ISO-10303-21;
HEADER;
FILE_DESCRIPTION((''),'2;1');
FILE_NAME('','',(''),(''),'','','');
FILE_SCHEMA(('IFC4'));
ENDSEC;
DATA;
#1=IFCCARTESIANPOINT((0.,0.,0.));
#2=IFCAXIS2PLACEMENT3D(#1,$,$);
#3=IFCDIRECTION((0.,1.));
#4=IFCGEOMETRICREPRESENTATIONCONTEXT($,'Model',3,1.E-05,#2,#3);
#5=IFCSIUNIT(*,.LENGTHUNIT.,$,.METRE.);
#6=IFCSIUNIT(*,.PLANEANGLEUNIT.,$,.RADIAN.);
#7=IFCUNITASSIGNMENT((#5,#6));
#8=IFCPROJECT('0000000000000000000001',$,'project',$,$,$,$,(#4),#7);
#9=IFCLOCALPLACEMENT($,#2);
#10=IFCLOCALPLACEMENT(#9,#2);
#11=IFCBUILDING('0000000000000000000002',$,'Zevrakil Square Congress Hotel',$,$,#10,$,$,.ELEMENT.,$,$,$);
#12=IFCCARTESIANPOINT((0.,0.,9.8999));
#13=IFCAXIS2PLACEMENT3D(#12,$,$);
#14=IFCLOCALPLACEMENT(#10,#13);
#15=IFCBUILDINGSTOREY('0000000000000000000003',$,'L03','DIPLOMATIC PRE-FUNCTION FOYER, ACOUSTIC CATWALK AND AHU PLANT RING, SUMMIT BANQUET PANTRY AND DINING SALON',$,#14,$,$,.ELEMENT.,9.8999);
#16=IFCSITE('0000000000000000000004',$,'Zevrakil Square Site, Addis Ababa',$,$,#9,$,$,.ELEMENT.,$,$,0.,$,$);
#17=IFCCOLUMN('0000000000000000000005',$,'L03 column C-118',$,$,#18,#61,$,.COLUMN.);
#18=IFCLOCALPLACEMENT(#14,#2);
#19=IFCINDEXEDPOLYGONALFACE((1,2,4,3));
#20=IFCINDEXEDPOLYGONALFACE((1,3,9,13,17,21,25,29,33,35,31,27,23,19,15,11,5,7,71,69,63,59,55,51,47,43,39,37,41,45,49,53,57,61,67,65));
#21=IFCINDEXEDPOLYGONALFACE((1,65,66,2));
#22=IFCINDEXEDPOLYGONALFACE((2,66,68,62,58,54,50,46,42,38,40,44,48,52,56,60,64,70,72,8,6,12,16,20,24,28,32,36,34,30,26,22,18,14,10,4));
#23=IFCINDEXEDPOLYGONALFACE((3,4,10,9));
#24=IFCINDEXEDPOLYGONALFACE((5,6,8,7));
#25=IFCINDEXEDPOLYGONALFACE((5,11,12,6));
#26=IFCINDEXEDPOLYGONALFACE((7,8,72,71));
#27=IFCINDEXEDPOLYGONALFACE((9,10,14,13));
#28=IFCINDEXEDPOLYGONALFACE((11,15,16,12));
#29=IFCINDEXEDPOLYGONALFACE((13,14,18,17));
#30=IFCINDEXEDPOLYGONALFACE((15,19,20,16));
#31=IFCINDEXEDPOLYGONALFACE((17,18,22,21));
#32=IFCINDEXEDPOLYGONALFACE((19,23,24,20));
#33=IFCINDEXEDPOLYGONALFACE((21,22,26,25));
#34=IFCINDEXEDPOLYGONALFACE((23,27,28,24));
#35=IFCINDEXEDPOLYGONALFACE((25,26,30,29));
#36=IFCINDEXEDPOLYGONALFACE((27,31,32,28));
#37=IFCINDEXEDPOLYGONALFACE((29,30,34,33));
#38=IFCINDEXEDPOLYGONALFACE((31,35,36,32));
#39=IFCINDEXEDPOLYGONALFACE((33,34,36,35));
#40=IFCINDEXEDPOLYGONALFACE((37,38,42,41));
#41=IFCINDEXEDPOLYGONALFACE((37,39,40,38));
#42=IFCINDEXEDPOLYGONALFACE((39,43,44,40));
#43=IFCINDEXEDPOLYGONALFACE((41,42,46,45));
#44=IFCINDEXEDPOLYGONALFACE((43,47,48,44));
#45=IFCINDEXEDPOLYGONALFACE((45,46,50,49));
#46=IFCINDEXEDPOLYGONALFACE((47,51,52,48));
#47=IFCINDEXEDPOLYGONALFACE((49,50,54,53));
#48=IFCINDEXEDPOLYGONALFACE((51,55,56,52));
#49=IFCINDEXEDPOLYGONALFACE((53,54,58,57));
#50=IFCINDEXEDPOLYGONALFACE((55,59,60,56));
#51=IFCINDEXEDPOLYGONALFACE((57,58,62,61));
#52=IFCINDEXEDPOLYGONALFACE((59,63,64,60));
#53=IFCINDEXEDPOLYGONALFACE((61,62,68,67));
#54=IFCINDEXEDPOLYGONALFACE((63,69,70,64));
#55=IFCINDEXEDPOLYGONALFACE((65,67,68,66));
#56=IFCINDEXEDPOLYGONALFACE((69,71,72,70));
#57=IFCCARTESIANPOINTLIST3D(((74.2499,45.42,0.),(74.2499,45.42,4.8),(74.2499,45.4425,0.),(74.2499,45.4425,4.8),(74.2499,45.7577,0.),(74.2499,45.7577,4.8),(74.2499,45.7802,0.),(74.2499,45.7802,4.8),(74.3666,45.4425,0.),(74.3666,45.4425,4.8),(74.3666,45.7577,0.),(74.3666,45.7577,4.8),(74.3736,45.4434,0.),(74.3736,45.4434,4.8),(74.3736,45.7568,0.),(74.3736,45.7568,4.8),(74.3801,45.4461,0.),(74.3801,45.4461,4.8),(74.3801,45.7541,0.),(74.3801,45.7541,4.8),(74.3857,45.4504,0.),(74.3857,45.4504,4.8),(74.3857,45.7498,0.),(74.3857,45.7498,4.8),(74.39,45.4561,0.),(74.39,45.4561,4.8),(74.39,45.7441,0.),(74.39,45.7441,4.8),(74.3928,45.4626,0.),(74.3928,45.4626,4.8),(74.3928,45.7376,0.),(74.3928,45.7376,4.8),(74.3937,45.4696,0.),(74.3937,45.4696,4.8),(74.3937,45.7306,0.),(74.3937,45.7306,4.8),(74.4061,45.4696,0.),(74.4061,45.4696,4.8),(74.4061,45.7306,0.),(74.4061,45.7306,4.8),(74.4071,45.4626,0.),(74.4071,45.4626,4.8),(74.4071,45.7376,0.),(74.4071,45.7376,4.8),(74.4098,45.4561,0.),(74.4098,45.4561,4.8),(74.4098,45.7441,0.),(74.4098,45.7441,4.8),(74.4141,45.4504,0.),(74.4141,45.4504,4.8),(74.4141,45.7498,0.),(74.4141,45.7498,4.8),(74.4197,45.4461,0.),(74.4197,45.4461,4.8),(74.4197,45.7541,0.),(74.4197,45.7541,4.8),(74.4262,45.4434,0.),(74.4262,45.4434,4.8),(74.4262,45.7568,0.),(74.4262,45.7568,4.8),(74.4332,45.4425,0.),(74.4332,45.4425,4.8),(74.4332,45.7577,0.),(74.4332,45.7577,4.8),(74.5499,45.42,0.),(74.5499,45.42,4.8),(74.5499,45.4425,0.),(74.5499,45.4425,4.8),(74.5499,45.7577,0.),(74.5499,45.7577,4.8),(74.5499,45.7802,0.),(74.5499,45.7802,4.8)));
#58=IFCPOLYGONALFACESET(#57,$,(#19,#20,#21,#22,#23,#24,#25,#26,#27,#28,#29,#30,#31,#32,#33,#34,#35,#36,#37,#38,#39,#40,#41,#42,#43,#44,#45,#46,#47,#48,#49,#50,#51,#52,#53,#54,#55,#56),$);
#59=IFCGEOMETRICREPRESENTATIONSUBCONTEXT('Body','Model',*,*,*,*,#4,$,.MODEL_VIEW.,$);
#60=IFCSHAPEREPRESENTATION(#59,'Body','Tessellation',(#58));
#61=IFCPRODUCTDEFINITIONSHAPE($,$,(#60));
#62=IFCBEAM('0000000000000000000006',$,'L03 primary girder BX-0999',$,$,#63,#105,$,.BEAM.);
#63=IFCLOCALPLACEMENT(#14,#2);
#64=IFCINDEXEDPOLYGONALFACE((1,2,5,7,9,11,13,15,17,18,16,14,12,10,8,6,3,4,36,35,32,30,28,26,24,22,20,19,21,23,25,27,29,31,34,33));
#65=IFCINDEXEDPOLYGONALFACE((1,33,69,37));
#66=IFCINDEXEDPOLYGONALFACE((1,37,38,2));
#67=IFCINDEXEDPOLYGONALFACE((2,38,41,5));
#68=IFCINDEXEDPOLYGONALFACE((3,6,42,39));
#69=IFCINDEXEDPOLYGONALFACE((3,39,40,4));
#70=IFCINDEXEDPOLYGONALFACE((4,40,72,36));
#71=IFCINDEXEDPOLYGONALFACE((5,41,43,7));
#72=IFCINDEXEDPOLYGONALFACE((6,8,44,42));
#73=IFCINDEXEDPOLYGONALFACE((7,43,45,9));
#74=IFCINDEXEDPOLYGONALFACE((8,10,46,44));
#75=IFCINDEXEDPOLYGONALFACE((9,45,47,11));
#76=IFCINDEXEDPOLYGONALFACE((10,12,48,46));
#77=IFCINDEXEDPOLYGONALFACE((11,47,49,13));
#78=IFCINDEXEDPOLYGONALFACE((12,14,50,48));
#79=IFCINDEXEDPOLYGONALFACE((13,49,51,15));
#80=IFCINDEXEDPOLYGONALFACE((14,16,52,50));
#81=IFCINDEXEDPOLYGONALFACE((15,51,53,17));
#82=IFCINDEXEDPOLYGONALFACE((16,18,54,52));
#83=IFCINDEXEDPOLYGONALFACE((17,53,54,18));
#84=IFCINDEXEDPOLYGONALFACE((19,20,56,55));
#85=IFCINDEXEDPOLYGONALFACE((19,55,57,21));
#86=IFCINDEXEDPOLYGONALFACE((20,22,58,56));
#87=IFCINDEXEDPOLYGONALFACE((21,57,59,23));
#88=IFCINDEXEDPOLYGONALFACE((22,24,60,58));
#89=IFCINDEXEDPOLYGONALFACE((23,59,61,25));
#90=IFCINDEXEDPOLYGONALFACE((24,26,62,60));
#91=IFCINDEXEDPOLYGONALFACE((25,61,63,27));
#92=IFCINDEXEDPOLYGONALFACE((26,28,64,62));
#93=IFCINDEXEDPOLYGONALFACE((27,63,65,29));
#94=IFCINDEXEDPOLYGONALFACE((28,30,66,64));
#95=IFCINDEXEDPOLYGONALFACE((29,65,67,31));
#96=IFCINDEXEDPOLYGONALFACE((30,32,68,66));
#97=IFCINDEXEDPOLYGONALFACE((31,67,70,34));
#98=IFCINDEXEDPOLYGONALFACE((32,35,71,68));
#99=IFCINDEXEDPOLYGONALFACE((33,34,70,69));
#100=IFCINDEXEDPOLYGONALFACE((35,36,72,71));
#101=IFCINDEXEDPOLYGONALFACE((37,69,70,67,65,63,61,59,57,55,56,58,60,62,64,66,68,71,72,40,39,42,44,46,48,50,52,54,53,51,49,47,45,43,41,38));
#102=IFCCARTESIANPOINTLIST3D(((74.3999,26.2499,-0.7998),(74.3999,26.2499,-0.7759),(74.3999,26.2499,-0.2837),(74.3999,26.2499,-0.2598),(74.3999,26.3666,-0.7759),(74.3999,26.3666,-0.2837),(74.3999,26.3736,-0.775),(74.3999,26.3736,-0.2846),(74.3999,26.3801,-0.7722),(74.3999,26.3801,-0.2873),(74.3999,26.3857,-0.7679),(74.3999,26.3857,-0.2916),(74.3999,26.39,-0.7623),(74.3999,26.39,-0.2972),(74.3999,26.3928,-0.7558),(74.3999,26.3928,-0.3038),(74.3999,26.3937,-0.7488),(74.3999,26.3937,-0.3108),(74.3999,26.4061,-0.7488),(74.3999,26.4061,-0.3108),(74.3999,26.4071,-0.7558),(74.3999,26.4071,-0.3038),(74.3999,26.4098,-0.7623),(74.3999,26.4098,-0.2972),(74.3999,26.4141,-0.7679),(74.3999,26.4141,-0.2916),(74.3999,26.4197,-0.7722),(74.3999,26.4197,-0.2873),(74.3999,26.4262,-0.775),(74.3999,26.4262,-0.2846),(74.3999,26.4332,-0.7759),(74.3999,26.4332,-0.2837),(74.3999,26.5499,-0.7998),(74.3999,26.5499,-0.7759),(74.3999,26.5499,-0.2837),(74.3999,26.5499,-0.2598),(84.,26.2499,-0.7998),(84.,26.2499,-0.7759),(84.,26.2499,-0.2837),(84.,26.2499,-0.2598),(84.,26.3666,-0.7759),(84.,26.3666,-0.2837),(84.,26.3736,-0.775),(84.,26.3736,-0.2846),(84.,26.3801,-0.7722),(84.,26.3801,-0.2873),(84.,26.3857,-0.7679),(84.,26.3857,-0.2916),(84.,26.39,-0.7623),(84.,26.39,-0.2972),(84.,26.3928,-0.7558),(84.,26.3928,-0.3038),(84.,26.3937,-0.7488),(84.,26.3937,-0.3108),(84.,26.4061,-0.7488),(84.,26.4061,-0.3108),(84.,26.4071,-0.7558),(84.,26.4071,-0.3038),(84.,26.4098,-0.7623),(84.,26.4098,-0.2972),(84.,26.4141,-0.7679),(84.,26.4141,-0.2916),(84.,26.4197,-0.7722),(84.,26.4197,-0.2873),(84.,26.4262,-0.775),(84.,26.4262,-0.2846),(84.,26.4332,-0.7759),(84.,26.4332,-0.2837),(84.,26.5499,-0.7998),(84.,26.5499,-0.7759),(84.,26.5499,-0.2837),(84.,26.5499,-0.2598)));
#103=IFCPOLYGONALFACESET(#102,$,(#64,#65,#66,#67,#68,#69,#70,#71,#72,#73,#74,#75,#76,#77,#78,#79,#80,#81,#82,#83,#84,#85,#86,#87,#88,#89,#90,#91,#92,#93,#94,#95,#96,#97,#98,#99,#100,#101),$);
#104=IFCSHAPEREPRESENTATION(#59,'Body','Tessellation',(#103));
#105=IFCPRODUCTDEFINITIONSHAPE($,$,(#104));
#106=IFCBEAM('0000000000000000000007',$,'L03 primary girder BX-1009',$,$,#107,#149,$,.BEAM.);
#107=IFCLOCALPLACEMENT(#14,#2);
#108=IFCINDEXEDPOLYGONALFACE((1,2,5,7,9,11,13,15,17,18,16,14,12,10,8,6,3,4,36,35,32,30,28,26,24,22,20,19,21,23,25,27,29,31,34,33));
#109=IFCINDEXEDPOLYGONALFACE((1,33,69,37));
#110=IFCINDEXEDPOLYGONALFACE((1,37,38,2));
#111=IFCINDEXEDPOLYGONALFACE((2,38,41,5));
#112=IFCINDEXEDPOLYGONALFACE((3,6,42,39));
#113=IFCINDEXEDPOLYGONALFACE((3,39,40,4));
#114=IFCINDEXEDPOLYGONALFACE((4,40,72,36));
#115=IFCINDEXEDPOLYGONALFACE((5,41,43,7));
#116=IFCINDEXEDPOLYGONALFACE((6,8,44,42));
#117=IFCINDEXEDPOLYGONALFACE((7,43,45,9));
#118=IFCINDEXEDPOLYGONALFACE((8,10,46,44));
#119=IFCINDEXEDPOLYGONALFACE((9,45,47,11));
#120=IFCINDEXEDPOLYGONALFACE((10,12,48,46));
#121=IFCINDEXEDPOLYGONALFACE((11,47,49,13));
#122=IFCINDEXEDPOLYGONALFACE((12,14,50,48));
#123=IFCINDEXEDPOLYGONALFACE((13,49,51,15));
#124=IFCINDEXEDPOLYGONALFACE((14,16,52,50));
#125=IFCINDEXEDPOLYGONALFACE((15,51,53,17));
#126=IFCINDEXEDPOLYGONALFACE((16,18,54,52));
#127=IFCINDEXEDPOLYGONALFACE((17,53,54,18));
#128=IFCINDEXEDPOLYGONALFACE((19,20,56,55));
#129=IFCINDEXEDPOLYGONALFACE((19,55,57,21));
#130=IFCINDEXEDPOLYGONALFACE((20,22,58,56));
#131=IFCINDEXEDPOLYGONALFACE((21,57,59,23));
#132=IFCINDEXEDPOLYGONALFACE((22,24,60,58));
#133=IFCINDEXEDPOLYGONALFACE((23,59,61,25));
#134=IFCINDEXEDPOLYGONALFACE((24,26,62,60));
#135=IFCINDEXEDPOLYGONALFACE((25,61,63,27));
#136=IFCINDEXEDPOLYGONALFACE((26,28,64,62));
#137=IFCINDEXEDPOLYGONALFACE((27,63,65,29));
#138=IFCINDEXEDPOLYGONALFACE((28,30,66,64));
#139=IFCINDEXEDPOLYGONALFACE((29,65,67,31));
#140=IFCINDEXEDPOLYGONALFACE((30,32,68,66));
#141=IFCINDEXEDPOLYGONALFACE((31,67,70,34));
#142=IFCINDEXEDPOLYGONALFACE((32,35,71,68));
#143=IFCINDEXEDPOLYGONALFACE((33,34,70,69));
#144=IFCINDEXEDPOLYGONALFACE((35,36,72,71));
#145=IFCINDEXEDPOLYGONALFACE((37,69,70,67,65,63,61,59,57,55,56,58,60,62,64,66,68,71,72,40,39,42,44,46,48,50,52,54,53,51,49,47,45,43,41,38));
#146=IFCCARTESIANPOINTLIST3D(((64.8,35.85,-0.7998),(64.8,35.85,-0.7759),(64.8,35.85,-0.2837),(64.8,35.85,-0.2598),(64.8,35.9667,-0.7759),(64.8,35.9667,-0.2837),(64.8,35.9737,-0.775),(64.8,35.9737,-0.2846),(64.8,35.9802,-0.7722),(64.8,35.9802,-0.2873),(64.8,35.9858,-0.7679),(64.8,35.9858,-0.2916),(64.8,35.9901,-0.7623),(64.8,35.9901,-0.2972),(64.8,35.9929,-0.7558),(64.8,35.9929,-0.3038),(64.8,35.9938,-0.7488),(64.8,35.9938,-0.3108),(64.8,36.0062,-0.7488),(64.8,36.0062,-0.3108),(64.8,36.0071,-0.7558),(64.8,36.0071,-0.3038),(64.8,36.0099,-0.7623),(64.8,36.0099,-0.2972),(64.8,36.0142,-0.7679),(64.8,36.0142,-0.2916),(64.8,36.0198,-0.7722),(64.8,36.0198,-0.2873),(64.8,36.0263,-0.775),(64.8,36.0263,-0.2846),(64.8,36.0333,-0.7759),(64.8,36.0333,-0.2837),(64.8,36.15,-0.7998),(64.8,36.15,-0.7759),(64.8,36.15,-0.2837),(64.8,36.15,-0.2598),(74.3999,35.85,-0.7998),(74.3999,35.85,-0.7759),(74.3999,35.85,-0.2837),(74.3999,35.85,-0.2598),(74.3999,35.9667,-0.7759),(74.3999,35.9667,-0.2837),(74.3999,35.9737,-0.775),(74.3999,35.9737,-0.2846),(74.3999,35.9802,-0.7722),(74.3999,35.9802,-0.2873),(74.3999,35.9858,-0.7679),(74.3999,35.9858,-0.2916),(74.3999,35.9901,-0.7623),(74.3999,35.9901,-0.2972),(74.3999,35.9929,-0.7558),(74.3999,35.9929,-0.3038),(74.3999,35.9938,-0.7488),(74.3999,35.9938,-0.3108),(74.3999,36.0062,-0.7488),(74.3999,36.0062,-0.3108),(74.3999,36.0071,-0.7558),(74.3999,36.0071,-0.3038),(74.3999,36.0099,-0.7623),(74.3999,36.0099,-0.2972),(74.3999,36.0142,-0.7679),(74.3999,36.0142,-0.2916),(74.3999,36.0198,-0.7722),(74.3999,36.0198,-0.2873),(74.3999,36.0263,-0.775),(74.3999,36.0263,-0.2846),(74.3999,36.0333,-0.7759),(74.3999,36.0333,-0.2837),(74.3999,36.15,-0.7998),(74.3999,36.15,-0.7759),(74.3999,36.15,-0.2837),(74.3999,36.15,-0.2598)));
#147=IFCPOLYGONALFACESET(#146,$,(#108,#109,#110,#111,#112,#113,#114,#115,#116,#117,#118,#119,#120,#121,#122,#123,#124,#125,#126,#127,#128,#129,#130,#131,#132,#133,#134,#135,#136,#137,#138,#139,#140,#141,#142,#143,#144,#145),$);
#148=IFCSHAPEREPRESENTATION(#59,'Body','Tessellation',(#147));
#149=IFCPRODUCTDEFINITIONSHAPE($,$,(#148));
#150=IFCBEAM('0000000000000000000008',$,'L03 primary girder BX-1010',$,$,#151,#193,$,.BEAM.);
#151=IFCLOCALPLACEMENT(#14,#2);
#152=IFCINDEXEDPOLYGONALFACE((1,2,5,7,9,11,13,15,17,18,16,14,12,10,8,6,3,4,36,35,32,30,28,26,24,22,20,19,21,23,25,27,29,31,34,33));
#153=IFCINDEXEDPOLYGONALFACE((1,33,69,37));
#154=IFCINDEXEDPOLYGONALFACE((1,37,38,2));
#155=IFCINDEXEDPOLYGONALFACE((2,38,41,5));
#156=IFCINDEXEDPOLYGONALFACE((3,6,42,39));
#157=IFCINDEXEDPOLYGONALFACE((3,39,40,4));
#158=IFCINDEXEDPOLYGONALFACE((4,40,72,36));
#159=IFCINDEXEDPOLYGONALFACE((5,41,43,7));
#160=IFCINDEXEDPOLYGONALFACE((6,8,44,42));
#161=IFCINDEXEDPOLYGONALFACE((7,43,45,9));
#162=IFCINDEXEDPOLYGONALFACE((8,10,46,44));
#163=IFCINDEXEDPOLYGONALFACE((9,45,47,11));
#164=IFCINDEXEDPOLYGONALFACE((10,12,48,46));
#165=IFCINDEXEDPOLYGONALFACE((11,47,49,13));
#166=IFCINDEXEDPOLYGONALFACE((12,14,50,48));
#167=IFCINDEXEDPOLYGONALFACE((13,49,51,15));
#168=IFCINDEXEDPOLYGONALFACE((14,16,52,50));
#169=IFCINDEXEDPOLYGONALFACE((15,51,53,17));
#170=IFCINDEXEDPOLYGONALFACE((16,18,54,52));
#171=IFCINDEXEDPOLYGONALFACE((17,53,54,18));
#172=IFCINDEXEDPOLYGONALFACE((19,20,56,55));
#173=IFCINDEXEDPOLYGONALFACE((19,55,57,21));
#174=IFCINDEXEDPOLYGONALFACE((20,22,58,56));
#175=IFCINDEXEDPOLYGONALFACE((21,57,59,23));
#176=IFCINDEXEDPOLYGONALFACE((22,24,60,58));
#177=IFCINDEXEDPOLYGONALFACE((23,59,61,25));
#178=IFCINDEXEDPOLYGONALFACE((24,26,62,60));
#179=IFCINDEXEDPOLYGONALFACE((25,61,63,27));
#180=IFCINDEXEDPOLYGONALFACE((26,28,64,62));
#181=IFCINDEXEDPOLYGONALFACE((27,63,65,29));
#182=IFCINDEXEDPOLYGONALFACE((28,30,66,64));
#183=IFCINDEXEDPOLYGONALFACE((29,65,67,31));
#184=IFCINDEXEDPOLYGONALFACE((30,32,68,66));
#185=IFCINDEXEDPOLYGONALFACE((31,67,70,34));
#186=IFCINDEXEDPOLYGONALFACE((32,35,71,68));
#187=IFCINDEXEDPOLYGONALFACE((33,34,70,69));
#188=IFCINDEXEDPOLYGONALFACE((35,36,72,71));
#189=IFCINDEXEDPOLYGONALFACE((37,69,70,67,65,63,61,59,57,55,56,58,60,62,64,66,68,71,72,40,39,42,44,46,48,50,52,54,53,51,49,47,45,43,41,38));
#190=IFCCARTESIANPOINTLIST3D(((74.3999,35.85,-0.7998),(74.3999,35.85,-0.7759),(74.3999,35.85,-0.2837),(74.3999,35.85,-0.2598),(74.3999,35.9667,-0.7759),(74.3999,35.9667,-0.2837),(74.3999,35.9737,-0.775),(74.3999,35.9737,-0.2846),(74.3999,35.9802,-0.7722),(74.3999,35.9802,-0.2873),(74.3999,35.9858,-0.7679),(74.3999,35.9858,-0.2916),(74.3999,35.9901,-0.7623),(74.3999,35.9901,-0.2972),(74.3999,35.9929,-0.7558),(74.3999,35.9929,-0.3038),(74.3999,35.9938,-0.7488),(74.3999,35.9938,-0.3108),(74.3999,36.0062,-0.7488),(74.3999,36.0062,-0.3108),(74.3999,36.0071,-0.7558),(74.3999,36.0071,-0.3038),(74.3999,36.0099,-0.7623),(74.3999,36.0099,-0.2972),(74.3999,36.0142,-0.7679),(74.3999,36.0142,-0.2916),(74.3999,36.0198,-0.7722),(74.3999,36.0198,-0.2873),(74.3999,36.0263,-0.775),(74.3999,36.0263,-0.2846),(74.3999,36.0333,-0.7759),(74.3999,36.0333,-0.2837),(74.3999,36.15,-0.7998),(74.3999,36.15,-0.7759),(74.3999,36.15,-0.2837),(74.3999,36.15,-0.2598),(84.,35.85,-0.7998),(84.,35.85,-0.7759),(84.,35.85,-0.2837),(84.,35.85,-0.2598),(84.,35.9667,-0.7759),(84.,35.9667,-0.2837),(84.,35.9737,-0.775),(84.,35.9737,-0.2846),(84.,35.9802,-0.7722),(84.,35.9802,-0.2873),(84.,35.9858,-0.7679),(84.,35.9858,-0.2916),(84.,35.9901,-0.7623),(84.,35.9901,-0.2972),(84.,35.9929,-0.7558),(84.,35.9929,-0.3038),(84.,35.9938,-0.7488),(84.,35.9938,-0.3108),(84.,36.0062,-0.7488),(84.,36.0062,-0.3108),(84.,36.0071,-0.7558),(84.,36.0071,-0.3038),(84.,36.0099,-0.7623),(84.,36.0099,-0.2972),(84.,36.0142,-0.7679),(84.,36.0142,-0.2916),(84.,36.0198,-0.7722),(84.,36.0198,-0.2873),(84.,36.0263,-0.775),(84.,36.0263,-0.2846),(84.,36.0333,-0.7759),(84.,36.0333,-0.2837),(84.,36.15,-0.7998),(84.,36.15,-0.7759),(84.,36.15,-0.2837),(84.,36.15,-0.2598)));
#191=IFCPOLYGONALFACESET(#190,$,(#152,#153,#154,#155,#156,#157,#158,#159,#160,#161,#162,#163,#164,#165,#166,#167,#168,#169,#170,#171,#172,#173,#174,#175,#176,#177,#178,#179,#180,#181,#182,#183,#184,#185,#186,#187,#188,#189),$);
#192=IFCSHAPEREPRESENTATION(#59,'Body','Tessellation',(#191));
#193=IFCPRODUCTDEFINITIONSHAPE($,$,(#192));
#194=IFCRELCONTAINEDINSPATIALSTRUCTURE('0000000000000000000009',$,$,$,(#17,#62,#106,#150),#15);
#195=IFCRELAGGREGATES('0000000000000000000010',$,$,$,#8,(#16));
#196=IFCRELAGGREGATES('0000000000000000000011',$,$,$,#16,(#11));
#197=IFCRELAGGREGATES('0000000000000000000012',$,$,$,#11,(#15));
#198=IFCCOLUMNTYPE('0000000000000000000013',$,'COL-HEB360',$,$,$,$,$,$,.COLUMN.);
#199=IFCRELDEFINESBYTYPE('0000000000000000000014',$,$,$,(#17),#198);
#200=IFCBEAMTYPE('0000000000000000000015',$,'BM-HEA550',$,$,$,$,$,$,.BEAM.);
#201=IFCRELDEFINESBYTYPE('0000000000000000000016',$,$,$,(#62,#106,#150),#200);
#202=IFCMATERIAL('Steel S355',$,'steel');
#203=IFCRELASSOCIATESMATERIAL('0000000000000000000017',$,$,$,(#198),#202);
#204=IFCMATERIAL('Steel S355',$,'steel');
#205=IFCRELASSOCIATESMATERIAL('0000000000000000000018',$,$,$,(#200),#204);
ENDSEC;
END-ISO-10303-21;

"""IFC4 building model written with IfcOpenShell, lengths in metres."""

from ifc_helpers import new_model, si_unit, direction, frame, origin, origin_2d, place, context, subcontext, project, spatial, i_section, extrude, material, material_profile, profile_set, type_object, element, save


model = new_model("IFC4")

# Units and contexts
model_context = context("Model", 3, precision=1e-05, world=origin(), true_north=direction((0.0, 1.0)))
body_context = subcontext(model_context, "Body", "Model", "MODEL_VIEW")
ifc_project = project(units=[si_unit("LENGTHUNIT", "METRE"), si_unit("PLANEANGLEUNIT", "RADIAN")], contexts=[model_context])

# Site, building, storey
site_placement = place(None, origin())
site = spatial("IfcSite", under=ifc_project, at=site_placement, Name="Zevrakil Square Site, Addis Ababa", CompositionType="ELEMENT", RefElevation=0.0)
building_placement = place(site_placement, origin())
building = spatial("IfcBuilding", under=site, at=building_placement, Name="Zevrakil Square Congress Hotel", CompositionType="ELEMENT")
storey_placement = place(building_placement, frame((0.0, 0.0, 9.8999)))
storey = spatial("IfcBuildingStorey", under=building, at=storey_placement, Name="L03", Description="DIPLOMATIC PRE-FUNCTION FOYER, ACOUSTIC CATWALK AND AHU PLANT RING, SUMMIT BANQUET PANTRY AND DINING SALON", CompositionType="ELEMENT", Elevation=9.8999)

# Column
ifc_material_1 = material(Name="Steel S355", Category="steel")
ifc_material_profile_1 = material_profile(ifc_material_1, i_section(OverallWidth=0.3, OverallDepth=0.3601, WebThickness=0.0125, FlangeThickness=0.0225, FilletRadius=0.0271, at=origin_2d()), Name="HEB 360")
ifc_profile_set_1 = profile_set([ifc_material_profile_1], Name="Steel S355")
column_type = type_object("IfcColumnType", Name="COL-HEB360", PredefinedType="COLUMN", material=ifc_profile_set_1)
for number, where, z_axis, x_axis, name in (
    (1, (74.3999, 45.6001, 0.0), (0.0, 0.0, 1.0), (1.0, 0.0, 0.0), "L03 column C-118"),
):
    element("IfcColumn", number, at=place(storey_placement, frame(where, z_axis=z_axis, x_axis=x_axis)), inside=storey, type_object=column_type, Name=name, PredefinedType="COLUMN", context=body_context, shape_type="SweptSolid", body=[
        extrude(i_section(OverallWidth=0.3, OverallDepth=0.3601, WebThickness=0.0125, FlangeThickness=0.0225, FilletRadius=0.0271, at=origin_2d()), origin(), (0.0, 0.0, 1.0), 4.8),
    ])

# Beams
ifc_material_2 = material(Name="Steel S355", Category="steel")
ifc_material_profile_2 = material_profile(ifc_material_2, i_section(OverallWidth=0.3, OverallDepth=0.54, WebThickness=0.0125, FlangeThickness=0.0239, FilletRadius=0.0271, at=origin_2d()), Name="HEA 550")
ifc_profile_set_2 = profile_set([ifc_material_profile_2], Name="Steel S355")
beam_type_1 = type_object("IfcBeamType", Name="BM-HEA550", PredefinedType="BEAM", material=ifc_profile_set_2)
beam_1_placement = place(storey_placement, frame((74.3999, 26.3999, -0.5298), z_axis=(1.0, 0.0, 0.0), x_axis=(0.0, 1.0, 0.0)))
element("IfcBeam", 2, at=beam_1_placement, inside=storey, type_object=beam_type_1, Name="L03 primary girder BX-0999", PredefinedType="BEAM", context=body_context, shape_type="SweptSolid", body=[
    extrude(i_section(OverallWidth=0.3, OverallDepth=0.54, WebThickness=0.0125, FlangeThickness=0.0239, FilletRadius=0.0271, at=origin_2d()), origin(), (0.0, 0.0, 1.0), 9.6001),
])
beam_2_placement = place(storey_placement, frame((64.8, 36.0, -0.5298), z_axis=(1.0, 0.0, 0.0), x_axis=(0.0, 1.0, 0.0)))
element("IfcBeam", 3, at=beam_2_placement, inside=storey, type_object=beam_type_1, Name="L03 primary girder BX-1009", PredefinedType="BEAM", context=body_context, shape_type="SweptSolid", body=[
    extrude(i_section(OverallWidth=0.3, OverallDepth=0.54, WebThickness=0.0125, FlangeThickness=0.0239, FilletRadius=0.0271, at=origin_2d()), origin(), (0.0, 0.0, 1.0), 9.5999),
])
beam_3_placement = place(storey_placement, frame((74.3999, 36.0, -0.5298), z_axis=(1.0, 0.0, 0.0), x_axis=(0.0, 1.0, 0.0)))
element("IfcBeam", 4, at=beam_3_placement, inside=storey, type_object=beam_type_1, Name="L03 primary girder BX-1010", PredefinedType="BEAM", context=body_context, shape_type="SweptSolid", body=[
    extrude(i_section(OverallWidth=0.3, OverallDepth=0.54, WebThickness=0.0125, FlangeThickness=0.0239, FilletRadius=0.0271, at=origin_2d()), origin(), (0.0, 0.0, 1.0), 9.6001),
])

save(model, "model.ifc")
